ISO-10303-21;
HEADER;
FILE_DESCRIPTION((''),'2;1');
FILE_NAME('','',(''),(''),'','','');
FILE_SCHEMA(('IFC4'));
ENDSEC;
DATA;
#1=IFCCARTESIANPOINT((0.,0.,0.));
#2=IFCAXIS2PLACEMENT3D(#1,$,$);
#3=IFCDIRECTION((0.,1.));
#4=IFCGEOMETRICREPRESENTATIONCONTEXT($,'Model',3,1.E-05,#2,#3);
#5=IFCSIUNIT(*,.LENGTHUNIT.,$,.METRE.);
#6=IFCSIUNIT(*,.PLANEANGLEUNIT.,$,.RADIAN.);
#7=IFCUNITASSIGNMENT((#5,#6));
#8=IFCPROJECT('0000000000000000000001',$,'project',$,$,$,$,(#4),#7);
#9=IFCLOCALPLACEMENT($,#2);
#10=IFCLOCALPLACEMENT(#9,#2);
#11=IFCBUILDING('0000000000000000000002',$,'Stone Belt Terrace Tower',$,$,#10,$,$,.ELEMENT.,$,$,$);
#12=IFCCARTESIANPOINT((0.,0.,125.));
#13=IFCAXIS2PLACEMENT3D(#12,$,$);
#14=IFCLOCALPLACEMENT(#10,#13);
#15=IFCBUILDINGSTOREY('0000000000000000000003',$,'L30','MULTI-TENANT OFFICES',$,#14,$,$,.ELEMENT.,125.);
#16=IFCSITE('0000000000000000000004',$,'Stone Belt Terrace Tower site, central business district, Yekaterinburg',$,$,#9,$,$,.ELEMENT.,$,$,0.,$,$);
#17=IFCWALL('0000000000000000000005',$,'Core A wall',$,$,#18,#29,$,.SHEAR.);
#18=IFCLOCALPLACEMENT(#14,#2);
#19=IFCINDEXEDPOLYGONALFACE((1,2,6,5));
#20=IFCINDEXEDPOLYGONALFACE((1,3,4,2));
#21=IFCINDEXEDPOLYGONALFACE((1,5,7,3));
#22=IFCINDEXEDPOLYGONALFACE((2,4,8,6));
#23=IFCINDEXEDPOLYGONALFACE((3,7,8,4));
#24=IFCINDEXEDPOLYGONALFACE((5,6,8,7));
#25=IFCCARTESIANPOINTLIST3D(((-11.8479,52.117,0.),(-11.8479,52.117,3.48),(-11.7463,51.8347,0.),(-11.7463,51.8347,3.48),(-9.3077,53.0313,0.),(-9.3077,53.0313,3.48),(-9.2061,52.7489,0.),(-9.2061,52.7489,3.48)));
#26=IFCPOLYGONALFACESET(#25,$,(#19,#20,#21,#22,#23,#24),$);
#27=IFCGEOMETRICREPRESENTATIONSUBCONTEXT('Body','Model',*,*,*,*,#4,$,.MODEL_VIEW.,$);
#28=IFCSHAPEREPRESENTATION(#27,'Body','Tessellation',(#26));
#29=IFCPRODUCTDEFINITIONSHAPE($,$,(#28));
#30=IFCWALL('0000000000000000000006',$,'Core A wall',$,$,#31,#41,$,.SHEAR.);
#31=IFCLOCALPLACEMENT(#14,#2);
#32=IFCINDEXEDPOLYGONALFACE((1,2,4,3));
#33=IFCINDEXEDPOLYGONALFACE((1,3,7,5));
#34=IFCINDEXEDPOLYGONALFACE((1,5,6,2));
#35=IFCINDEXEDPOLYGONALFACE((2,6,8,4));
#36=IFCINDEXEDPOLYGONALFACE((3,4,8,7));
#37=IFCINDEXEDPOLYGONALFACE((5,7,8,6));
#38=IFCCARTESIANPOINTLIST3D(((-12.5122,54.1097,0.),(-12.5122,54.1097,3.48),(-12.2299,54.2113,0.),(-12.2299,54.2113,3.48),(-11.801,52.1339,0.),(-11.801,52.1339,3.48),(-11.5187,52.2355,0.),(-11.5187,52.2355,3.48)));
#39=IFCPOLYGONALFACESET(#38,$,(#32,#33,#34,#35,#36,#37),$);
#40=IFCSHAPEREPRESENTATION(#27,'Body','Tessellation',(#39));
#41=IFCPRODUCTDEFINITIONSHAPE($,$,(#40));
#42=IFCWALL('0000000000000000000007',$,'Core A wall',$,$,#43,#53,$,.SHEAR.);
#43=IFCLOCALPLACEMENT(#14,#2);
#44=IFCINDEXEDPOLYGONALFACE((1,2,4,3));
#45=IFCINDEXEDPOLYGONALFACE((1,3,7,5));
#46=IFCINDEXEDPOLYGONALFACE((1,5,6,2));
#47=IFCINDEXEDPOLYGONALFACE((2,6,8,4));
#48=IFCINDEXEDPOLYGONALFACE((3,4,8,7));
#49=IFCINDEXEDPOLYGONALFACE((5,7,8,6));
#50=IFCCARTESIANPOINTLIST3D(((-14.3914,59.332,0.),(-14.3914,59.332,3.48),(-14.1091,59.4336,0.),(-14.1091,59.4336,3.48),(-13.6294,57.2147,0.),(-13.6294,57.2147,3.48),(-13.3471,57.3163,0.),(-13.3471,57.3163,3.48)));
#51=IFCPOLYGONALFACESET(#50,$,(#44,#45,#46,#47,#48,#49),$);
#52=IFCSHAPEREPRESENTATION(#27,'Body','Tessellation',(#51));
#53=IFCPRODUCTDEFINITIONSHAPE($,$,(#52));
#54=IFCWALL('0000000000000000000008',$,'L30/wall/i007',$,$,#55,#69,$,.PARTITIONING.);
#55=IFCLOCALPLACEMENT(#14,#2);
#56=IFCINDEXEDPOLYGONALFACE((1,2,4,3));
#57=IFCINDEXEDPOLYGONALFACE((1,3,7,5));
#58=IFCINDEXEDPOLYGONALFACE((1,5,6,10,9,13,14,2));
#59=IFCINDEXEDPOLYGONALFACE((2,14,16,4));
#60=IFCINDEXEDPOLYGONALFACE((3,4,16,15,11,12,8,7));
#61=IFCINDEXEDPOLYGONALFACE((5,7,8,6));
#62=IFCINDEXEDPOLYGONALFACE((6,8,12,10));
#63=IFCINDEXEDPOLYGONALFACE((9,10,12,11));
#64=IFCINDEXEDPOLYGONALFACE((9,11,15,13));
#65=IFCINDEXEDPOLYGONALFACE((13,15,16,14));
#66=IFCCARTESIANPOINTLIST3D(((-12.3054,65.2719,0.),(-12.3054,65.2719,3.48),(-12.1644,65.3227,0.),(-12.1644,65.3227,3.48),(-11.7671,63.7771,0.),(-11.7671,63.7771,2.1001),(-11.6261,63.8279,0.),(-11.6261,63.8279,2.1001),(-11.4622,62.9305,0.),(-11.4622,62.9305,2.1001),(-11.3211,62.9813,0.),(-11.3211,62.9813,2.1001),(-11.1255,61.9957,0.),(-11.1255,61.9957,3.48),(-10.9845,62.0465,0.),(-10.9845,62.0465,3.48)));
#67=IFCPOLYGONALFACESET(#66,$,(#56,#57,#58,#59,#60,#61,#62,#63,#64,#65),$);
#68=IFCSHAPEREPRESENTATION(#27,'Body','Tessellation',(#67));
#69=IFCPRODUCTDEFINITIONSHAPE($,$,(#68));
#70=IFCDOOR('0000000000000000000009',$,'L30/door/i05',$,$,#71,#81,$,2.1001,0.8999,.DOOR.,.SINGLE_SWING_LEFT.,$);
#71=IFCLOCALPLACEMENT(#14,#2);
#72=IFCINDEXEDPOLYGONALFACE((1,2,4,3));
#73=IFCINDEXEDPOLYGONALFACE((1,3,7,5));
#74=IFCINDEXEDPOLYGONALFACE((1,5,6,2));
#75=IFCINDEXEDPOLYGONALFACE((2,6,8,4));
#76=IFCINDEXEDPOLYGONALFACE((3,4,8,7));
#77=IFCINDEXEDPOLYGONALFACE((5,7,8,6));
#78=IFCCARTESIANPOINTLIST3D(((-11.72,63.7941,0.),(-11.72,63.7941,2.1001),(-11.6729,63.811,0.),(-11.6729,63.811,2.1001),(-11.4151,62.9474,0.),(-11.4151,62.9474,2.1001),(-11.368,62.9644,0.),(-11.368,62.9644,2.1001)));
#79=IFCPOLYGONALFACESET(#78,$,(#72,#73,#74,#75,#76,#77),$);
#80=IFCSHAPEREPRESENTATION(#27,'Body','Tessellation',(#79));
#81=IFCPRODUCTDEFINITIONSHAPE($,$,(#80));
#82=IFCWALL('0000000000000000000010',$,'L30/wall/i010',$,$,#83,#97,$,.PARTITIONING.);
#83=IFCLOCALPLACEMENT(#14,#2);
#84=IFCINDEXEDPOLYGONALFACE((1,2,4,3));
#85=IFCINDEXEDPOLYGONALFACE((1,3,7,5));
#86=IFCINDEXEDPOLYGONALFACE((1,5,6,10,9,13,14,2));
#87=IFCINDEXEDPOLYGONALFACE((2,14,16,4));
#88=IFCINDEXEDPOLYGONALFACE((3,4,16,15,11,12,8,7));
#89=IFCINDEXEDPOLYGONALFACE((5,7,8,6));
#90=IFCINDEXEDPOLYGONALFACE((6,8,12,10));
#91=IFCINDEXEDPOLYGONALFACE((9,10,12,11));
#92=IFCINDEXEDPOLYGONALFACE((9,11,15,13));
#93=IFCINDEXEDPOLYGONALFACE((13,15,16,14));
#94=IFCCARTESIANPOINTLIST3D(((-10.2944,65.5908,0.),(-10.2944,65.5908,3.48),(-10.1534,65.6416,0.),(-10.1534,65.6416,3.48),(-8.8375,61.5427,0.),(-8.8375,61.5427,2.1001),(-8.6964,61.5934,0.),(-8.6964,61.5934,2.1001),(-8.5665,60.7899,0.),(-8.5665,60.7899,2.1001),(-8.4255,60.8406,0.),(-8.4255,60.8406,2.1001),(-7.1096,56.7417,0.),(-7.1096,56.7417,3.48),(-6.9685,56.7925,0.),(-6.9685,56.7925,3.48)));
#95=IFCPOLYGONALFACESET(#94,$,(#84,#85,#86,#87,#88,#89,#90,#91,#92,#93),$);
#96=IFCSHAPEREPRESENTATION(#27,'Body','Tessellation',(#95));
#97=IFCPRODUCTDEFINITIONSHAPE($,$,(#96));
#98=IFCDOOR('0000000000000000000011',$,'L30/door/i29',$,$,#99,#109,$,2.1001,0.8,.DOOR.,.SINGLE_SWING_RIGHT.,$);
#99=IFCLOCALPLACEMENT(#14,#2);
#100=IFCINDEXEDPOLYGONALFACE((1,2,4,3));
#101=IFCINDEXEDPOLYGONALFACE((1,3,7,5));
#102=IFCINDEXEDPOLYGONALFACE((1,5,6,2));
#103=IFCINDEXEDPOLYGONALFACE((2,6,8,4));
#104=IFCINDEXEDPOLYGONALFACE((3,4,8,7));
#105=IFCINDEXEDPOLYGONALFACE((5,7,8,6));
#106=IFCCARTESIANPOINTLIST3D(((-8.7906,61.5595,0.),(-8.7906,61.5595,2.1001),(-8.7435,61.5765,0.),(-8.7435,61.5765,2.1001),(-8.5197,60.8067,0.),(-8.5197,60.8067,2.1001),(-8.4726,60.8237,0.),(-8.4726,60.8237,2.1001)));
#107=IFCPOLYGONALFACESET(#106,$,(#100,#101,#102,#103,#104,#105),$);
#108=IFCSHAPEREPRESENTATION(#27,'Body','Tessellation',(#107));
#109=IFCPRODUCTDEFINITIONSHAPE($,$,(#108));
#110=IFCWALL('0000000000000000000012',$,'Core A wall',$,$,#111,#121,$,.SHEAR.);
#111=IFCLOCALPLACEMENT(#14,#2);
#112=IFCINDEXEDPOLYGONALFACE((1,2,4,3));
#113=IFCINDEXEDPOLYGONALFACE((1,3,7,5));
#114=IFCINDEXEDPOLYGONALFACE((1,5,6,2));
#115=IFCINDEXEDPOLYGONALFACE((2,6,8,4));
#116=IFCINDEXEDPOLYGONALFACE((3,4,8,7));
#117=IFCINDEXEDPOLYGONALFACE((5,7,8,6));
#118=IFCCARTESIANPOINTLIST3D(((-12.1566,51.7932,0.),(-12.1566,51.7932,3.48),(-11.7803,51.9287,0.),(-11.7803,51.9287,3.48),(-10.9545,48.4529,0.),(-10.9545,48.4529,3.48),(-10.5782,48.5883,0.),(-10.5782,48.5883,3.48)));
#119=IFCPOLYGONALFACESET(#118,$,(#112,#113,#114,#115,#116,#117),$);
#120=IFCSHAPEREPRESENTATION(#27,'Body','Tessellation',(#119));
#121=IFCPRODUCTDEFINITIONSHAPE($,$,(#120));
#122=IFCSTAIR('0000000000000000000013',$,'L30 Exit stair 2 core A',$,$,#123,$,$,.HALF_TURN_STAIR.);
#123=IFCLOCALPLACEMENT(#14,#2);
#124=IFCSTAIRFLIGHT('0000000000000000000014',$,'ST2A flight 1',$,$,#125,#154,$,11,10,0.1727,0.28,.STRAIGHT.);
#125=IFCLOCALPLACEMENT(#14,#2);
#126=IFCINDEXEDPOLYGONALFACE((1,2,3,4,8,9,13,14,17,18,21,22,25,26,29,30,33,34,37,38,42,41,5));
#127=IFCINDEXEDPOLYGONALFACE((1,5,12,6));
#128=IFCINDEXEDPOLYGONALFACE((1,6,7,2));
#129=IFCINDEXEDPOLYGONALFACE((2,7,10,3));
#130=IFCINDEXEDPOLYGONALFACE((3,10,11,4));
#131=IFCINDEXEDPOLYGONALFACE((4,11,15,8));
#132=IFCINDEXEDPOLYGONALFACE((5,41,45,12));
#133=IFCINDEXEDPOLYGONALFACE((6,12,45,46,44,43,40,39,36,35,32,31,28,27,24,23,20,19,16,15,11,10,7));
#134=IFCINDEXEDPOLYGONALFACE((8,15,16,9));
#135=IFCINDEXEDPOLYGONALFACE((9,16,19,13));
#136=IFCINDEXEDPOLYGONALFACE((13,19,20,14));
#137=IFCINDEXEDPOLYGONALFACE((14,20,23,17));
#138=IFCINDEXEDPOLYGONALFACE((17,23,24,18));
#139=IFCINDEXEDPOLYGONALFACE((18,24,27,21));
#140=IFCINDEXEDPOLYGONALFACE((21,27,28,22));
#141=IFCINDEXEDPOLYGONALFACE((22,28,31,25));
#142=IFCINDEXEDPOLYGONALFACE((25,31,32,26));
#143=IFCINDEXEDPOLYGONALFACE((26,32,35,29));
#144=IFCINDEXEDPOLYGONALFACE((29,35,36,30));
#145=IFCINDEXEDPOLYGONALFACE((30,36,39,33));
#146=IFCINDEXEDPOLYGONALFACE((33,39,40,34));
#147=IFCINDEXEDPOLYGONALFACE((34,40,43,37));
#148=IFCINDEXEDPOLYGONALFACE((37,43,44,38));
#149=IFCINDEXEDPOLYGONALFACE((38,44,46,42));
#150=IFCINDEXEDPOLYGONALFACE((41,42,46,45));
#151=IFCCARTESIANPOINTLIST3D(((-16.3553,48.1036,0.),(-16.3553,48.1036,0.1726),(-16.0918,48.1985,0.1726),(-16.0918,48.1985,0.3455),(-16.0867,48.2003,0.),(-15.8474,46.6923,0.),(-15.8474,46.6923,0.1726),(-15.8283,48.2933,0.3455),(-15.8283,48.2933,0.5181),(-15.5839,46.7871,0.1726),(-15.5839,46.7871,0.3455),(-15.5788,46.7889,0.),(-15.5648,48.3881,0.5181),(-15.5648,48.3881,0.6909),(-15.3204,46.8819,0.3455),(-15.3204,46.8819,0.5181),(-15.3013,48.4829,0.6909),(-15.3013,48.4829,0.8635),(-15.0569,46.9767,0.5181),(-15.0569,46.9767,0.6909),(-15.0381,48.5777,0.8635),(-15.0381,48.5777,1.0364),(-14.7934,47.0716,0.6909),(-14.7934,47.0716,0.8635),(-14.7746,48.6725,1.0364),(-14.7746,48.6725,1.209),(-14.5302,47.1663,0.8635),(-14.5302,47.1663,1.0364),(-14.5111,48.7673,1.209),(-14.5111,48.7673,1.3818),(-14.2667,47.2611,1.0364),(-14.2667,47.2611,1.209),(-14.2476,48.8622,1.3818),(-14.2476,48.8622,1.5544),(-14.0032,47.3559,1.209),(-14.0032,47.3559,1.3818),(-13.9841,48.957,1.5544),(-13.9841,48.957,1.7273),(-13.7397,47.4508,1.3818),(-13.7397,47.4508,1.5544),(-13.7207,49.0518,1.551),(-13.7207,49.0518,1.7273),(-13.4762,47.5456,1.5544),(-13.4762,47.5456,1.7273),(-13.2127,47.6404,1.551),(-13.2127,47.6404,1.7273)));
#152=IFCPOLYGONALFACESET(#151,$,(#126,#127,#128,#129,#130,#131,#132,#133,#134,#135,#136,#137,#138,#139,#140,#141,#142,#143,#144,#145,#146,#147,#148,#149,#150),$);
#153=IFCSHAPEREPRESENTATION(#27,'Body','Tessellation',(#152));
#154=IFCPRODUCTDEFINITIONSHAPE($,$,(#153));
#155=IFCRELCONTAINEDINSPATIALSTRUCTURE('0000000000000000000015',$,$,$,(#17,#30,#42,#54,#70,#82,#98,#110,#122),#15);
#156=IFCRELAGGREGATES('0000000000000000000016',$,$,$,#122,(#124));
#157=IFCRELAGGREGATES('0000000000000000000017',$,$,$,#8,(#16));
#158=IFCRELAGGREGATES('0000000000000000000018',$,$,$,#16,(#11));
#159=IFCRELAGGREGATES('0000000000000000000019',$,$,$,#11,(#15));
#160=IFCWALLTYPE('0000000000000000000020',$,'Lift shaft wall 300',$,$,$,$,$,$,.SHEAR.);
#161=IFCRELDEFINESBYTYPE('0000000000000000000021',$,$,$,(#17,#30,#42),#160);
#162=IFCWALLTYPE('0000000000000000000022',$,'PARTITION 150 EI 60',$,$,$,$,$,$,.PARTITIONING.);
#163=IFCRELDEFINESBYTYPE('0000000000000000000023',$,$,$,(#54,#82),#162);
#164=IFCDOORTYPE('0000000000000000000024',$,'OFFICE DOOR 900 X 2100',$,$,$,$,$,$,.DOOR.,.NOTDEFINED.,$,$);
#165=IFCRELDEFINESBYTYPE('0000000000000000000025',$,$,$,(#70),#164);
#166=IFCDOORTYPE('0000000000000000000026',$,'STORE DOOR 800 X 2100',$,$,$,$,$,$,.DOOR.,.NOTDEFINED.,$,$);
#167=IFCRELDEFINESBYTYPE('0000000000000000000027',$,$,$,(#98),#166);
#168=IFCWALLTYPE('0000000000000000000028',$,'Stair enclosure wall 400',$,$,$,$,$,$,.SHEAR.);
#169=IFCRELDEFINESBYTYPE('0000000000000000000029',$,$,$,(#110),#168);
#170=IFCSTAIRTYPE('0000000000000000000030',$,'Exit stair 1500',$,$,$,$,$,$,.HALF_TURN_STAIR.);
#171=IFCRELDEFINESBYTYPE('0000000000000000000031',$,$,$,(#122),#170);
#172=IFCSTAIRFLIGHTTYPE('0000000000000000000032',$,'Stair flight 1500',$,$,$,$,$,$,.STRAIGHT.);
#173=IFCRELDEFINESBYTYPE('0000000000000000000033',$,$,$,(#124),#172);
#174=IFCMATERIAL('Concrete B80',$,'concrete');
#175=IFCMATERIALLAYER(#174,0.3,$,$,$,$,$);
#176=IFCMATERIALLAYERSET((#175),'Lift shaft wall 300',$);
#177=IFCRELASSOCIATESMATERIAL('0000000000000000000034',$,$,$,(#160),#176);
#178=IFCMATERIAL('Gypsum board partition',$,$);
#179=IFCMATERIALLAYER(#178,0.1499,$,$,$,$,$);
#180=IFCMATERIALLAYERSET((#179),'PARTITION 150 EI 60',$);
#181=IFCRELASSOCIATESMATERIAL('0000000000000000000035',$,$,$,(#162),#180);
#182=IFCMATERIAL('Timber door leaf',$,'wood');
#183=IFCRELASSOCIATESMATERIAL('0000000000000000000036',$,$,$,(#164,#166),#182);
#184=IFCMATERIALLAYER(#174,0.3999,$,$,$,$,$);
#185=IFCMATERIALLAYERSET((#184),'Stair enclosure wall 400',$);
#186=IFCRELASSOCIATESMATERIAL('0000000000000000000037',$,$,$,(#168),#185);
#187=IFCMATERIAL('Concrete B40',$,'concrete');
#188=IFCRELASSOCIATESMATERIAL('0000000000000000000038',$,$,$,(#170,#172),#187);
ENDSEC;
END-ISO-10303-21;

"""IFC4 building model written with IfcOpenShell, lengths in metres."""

from ifc_helpers import new_model, si_unit, direction, frame, frame_2d, origin, place, context, subcontext, project, spatial, polyline, rectangle, outline, extrude, material, layer, layer_set, type_object, element, fill, aggregate, save


model = new_model("IFC4")

# Units and contexts
model_context = context("Model", 3, precision=1e-05, world=origin(), true_north=direction((0.0, 1.0)))
body_context = subcontext(model_context, "Body", "Model", "MODEL_VIEW")
ifc_project = project(units=[si_unit("LENGTHUNIT", "METRE"), si_unit("PLANEANGLEUNIT", "RADIAN")], contexts=[model_context])

# Site, building, storey
site_placement = place(None, origin())
site = spatial("IfcSite", under=ifc_project, at=site_placement, Name="Stone Belt Terrace Tower site, central business district, Yekaterinburg", CompositionType="ELEMENT", RefElevation=0.0)
building_placement = place(site_placement, origin())
building = spatial("IfcBuilding", under=site, at=building_placement, Name="Stone Belt Terrace Tower", CompositionType="ELEMENT")
storey_placement = place(building_placement, frame((0.0, 0.0, 125.0)))
storey = spatial("IfcBuildingStorey", under=building, at=storey_placement, Name="L30", Description="MULTI-TENANT OFFICES", CompositionType="ELEMENT", Elevation=125.0)

# Shared definitions
ifc_material_1 = material(Name="Concrete B80", Category="concrete")

# Shared definitions
ifc_material_2 = material(Name="Timber door leaf", Category="wood")

# Walls
ifc_layer_1 = layer(ifc_material_1, 0.3)
ifc_layer_set_1 = layer_set([ifc_layer_1], Name="Lift shaft wall 300")
wall_type_1 = type_object("IfcWallType", Name="Lift shaft wall 300", PredefinedType="SHEAR", material=ifc_layer_set_1)
wall_1_placement = place(storey_placement, frame((-11.7971, 51.9758, 0.0), z_axis=(0.0, 0.0, 1.0), x_axis=(0.94091, 0.338655, 0.0)))
element("IfcWall", 1, at=wall_1_placement, inside=storey, type_object=wall_type_1, Name="Core A wall", PredefinedType="SHEAR", context=body_context, shape_type="SweptSolid", body=[
    extrude(rectangle(XDim=2.6997, YDim=0.3, at=frame_2d((1.3499, 0.0))), origin(), (0.0, 0.0, 1.0), 3.48),
])
wall_2_placement = place(storey_placement, frame((-11.6599, 52.1848, 0.0), z_axis=(0.0, 0.0, 1.0), x_axis=(-0.33867, 0.940905, 0.0)))
element("IfcWall", 2, at=wall_2_placement, inside=storey, type_object=wall_type_1, Name="Core A wall", PredefinedType="SHEAR", context=body_context, shape_type="SweptSolid", body=[
    extrude(rectangle(XDim=2.0999, YDim=0.3, at=frame_2d((1.0498, 0.0))), origin(), (0.0, 0.0, 1.0), 3.48),
])
wall_3_placement = place(storey_placement, frame((-13.4883, 57.2656, 0.0), z_axis=(0.0, 0.0, 1.0), x_axis=(-0.338631, 0.940919, 0.0)))
element("IfcWall", 3, at=wall_3_placement, inside=storey, type_object=wall_type_1, Name="Core A wall", PredefinedType="SHEAR", context=body_context, shape_type="SweptSolid", body=[
    extrude(rectangle(XDim=2.2502, YDim=0.3, at=frame_2d((1.125, 0.0))), origin(), (0.0, 0.0, 1.0), 3.48),
])

# Walls, openings, doors
ifc_material_3 = material(Name="Gypsum board partition")
ifc_layer_2 = layer(ifc_material_3, 0.1499)
ifc_layer_set_2 = layer_set([ifc_layer_2], Name="PARTITION 150 EI 60")
wall_type_2 = type_object("IfcWallType", Name="PARTITION 150 EI 60", PredefinedType="PARTITIONING", material=ifc_layer_set_2)
wall_4_placement = place(storey_placement, frame((-11.0549, 62.021, 0.0), z_axis=(0.0, 0.0, 1.0), x_axis=(-0.338854, 0.940839, 0.0)))
wall_4 = element("IfcWall", 4, at=wall_4_placement, inside=storey, type_object=wall_type_2, Name="L30/wall/i007", PredefinedType="PARTITIONING", context=body_context, shape_type="SweptSolid", body=[
    extrude(rectangle(XDim=3.4822, YDim=0.1499, at=frame_2d((1.7412, 0.0))), origin(), (0.0, 0.0, 1.0), 3.48),
])
opening_1_placement = place(wall_4_placement, frame((0.9937, 0.0, 0.0)))
opening_1 = element("IfcOpeningElement", 5, at=opening_1_placement, cuts=wall_4, PredefinedType="OPENING", context=body_context, shape_type="SweptSolid", body=[
    extrude(rectangle(XDim=0.8999, YDim=2.1001, at=frame_2d((0.45, 1.05))), frame((0.0, 0.085, 0.0), z_axis=(0.0, -1.0, 0.0), x_axis=(1.0, 0.0, 0.0)), (0.0, 0.0, 1.0), 0.1699),
])
door_type_1 = type_object("IfcDoorType", Name="OFFICE DOOR 900 X 2100", OperationType="NOTDEFINED", PredefinedType="DOOR", material=ifc_material_2)
door_1_placement = place(opening_1_placement, origin())
door_1 = element("IfcDoor", 6, at=door_1_placement, inside=storey, type_object=door_type_1, Name="L30/door/i05", OperationType="SINGLE_SWING_LEFT", OverallHeight=2.1001, OverallWidth=0.8999, PredefinedType="DOOR", context=body_context, shape_type="SweptSolid", body=[
    extrude(rectangle(XDim=0.8999, YDim=2.1001, at=frame_2d((0.45, 1.05))), frame((0.0, 0.0249, 0.0), z_axis=(0.0, -1.0, 0.0), x_axis=(1.0, 0.0, 0.0)), (0.0, 0.0, 1.0), 0.05),
])
fill(opening_1, door_1)
wall_5_placement = place(storey_placement, frame((-10.2239, 65.6162, 0.0), z_axis=(0.0, 0.0, 1.0), x_axis=(0.338638, -0.940917, 0.0)))
wall_5 = element("IfcWall", 7, at=wall_5_placement, inside=storey, type_object=wall_type_2, Name="L30/wall/i010", PredefinedType="PARTITIONING", context=body_context, shape_type="SweptSolid", body=[
    extrude(rectangle(XDim=9.4048, YDim=0.1499, at=frame_2d((4.7024, 0.0))), origin(), (0.0, 0.0, 1.0), 3.48),
])
opening_2_placement = place(wall_5_placement, frame((4.3025, 0.0, 0.0)))
opening_2 = element("IfcOpeningElement", 8, at=opening_2_placement, cuts=wall_5, PredefinedType="OPENING", context=body_context, shape_type="SweptSolid", body=[
    extrude(rectangle(XDim=0.8, YDim=2.1001, at=frame_2d((0.3999, 1.05))), frame((0.0, 0.085, 0.0), z_axis=(0.0, -1.0, 0.0), x_axis=(1.0, 0.0, 0.0)), (0.0, 0.0, 1.0), 0.1699),
])
door_type_2 = type_object("IfcDoorType", Name="STORE DOOR 800 X 2100", OperationType="NOTDEFINED", PredefinedType="DOOR", material=ifc_material_2)
door_2_placement = place(opening_2_placement, origin())
door_2 = element("IfcDoor", 9, at=door_2_placement, inside=storey, type_object=door_type_2, Name="L30/door/i29", OperationType="SINGLE_SWING_RIGHT", OverallHeight=2.1001, OverallWidth=0.8, PredefinedType="DOOR", context=body_context, shape_type="SweptSolid", body=[
    extrude(rectangle(XDim=0.8, YDim=2.1001, at=frame_2d((0.3999, 1.05))), frame((0.0, 0.0249, 0.0), z_axis=(0.0, -1.0, 0.0), x_axis=(1.0, 0.0, 0.0)), (0.0, 0.0, 1.0), 0.05),
])
fill(opening_2, door_2)

# Wall
ifc_layer_3 = layer(ifc_material_1, 0.3999)
ifc_layer_set_3 = layer_set([ifc_layer_3], Name="Stair enclosure wall 400")
wall_type_3 = type_object("IfcWallType", Name="Stair enclosure wall 400", PredefinedType="SHEAR", material=ifc_layer_set_3)
wall_6_placement = place(storey_placement, frame((-10.7664, 48.5208, 0.0), z_axis=(0.0, 0.0, 1.0), x_axis=(-0.338627, 0.940921, 0.0)))
element("IfcWall", 10, at=wall_6_placement, inside=storey, type_object=wall_type_3, Name="Core A wall", PredefinedType="SHEAR", context=body_context, shape_type="SweptSolid", body=[
    extrude(rectangle(XDim=3.55, YDim=0.3999, at=frame_2d((1.7749, 0.0))), origin(), (0.0, 0.0, 1.0), 3.48),
])

# Stair, stair flight
ifc_material_4 = material(Name="Concrete B40", Category="concrete")
stair_type = type_object("IfcStairType", Name="Exit stair 1500", PredefinedType="HALF_TURN_STAIR", material=ifc_material_4)
stair_placement = place(storey_placement, origin())
stair = element("IfcStair", 11, at=stair_placement, inside=storey, type_object=stair_type, Name="L30 Exit stair 2 core A", PredefinedType="HALF_TURN_STAIR")
stair_flight_type = type_object("IfcStairFlightType", Name="Stair flight 1500", PredefinedType="STRAIGHT", material=ifc_material_4)
stair_flight_1_placement = place(storey_placement, frame((-16.1013, 47.3979, 0.0), z_axis=(0.0, 0.0, 1.0), x_axis=(0.940922, 0.338624, 0.0)))
stair_flight_1 = element("IfcStairFlight", 12, at=stair_flight_1_placement, type_object=stair_flight_type, Name="ST2A flight 1", NumberOfRisers=11, NumberOfTreads=10, PredefinedType="STRAIGHT", RiserHeight=0.1727, TreadLength=0.28, context=body_context, shape_type="SweptSolid", body=[
    extrude(outline(polyline([(0.0, 0.0), (0.0, 0.1726), (0.28, 0.1726), (0.28, 0.3455), (0.5601, 0.3455), (0.5601, 0.5181), (0.8401, 0.5181), (0.8401, 0.6909), (1.1201, 0.6909), (1.1201, 0.8635), (1.3999, 0.8635), (1.3999, 1.0364), (1.6799, 1.0364), (1.6799, 1.209), (1.96, 1.209), (1.96, 1.3818), (2.24, 1.3818), (2.24, 1.5544), (2.52, 1.5544), (2.52, 1.7273), (2.8, 1.7273), (2.8, 1.8999), (2.8, 1.551), (0.2854, 0.0), (0.0, 0.0)])), frame((0.0, 0.75, 0.0), z_axis=(0.0, -1.0, 0.0), x_axis=(1.0, 0.0, 0.0)), (0.0, 0.0, 1.0), 1.5),
])
aggregate(stair, [stair_flight_1])

save(model, "model.ifc")
